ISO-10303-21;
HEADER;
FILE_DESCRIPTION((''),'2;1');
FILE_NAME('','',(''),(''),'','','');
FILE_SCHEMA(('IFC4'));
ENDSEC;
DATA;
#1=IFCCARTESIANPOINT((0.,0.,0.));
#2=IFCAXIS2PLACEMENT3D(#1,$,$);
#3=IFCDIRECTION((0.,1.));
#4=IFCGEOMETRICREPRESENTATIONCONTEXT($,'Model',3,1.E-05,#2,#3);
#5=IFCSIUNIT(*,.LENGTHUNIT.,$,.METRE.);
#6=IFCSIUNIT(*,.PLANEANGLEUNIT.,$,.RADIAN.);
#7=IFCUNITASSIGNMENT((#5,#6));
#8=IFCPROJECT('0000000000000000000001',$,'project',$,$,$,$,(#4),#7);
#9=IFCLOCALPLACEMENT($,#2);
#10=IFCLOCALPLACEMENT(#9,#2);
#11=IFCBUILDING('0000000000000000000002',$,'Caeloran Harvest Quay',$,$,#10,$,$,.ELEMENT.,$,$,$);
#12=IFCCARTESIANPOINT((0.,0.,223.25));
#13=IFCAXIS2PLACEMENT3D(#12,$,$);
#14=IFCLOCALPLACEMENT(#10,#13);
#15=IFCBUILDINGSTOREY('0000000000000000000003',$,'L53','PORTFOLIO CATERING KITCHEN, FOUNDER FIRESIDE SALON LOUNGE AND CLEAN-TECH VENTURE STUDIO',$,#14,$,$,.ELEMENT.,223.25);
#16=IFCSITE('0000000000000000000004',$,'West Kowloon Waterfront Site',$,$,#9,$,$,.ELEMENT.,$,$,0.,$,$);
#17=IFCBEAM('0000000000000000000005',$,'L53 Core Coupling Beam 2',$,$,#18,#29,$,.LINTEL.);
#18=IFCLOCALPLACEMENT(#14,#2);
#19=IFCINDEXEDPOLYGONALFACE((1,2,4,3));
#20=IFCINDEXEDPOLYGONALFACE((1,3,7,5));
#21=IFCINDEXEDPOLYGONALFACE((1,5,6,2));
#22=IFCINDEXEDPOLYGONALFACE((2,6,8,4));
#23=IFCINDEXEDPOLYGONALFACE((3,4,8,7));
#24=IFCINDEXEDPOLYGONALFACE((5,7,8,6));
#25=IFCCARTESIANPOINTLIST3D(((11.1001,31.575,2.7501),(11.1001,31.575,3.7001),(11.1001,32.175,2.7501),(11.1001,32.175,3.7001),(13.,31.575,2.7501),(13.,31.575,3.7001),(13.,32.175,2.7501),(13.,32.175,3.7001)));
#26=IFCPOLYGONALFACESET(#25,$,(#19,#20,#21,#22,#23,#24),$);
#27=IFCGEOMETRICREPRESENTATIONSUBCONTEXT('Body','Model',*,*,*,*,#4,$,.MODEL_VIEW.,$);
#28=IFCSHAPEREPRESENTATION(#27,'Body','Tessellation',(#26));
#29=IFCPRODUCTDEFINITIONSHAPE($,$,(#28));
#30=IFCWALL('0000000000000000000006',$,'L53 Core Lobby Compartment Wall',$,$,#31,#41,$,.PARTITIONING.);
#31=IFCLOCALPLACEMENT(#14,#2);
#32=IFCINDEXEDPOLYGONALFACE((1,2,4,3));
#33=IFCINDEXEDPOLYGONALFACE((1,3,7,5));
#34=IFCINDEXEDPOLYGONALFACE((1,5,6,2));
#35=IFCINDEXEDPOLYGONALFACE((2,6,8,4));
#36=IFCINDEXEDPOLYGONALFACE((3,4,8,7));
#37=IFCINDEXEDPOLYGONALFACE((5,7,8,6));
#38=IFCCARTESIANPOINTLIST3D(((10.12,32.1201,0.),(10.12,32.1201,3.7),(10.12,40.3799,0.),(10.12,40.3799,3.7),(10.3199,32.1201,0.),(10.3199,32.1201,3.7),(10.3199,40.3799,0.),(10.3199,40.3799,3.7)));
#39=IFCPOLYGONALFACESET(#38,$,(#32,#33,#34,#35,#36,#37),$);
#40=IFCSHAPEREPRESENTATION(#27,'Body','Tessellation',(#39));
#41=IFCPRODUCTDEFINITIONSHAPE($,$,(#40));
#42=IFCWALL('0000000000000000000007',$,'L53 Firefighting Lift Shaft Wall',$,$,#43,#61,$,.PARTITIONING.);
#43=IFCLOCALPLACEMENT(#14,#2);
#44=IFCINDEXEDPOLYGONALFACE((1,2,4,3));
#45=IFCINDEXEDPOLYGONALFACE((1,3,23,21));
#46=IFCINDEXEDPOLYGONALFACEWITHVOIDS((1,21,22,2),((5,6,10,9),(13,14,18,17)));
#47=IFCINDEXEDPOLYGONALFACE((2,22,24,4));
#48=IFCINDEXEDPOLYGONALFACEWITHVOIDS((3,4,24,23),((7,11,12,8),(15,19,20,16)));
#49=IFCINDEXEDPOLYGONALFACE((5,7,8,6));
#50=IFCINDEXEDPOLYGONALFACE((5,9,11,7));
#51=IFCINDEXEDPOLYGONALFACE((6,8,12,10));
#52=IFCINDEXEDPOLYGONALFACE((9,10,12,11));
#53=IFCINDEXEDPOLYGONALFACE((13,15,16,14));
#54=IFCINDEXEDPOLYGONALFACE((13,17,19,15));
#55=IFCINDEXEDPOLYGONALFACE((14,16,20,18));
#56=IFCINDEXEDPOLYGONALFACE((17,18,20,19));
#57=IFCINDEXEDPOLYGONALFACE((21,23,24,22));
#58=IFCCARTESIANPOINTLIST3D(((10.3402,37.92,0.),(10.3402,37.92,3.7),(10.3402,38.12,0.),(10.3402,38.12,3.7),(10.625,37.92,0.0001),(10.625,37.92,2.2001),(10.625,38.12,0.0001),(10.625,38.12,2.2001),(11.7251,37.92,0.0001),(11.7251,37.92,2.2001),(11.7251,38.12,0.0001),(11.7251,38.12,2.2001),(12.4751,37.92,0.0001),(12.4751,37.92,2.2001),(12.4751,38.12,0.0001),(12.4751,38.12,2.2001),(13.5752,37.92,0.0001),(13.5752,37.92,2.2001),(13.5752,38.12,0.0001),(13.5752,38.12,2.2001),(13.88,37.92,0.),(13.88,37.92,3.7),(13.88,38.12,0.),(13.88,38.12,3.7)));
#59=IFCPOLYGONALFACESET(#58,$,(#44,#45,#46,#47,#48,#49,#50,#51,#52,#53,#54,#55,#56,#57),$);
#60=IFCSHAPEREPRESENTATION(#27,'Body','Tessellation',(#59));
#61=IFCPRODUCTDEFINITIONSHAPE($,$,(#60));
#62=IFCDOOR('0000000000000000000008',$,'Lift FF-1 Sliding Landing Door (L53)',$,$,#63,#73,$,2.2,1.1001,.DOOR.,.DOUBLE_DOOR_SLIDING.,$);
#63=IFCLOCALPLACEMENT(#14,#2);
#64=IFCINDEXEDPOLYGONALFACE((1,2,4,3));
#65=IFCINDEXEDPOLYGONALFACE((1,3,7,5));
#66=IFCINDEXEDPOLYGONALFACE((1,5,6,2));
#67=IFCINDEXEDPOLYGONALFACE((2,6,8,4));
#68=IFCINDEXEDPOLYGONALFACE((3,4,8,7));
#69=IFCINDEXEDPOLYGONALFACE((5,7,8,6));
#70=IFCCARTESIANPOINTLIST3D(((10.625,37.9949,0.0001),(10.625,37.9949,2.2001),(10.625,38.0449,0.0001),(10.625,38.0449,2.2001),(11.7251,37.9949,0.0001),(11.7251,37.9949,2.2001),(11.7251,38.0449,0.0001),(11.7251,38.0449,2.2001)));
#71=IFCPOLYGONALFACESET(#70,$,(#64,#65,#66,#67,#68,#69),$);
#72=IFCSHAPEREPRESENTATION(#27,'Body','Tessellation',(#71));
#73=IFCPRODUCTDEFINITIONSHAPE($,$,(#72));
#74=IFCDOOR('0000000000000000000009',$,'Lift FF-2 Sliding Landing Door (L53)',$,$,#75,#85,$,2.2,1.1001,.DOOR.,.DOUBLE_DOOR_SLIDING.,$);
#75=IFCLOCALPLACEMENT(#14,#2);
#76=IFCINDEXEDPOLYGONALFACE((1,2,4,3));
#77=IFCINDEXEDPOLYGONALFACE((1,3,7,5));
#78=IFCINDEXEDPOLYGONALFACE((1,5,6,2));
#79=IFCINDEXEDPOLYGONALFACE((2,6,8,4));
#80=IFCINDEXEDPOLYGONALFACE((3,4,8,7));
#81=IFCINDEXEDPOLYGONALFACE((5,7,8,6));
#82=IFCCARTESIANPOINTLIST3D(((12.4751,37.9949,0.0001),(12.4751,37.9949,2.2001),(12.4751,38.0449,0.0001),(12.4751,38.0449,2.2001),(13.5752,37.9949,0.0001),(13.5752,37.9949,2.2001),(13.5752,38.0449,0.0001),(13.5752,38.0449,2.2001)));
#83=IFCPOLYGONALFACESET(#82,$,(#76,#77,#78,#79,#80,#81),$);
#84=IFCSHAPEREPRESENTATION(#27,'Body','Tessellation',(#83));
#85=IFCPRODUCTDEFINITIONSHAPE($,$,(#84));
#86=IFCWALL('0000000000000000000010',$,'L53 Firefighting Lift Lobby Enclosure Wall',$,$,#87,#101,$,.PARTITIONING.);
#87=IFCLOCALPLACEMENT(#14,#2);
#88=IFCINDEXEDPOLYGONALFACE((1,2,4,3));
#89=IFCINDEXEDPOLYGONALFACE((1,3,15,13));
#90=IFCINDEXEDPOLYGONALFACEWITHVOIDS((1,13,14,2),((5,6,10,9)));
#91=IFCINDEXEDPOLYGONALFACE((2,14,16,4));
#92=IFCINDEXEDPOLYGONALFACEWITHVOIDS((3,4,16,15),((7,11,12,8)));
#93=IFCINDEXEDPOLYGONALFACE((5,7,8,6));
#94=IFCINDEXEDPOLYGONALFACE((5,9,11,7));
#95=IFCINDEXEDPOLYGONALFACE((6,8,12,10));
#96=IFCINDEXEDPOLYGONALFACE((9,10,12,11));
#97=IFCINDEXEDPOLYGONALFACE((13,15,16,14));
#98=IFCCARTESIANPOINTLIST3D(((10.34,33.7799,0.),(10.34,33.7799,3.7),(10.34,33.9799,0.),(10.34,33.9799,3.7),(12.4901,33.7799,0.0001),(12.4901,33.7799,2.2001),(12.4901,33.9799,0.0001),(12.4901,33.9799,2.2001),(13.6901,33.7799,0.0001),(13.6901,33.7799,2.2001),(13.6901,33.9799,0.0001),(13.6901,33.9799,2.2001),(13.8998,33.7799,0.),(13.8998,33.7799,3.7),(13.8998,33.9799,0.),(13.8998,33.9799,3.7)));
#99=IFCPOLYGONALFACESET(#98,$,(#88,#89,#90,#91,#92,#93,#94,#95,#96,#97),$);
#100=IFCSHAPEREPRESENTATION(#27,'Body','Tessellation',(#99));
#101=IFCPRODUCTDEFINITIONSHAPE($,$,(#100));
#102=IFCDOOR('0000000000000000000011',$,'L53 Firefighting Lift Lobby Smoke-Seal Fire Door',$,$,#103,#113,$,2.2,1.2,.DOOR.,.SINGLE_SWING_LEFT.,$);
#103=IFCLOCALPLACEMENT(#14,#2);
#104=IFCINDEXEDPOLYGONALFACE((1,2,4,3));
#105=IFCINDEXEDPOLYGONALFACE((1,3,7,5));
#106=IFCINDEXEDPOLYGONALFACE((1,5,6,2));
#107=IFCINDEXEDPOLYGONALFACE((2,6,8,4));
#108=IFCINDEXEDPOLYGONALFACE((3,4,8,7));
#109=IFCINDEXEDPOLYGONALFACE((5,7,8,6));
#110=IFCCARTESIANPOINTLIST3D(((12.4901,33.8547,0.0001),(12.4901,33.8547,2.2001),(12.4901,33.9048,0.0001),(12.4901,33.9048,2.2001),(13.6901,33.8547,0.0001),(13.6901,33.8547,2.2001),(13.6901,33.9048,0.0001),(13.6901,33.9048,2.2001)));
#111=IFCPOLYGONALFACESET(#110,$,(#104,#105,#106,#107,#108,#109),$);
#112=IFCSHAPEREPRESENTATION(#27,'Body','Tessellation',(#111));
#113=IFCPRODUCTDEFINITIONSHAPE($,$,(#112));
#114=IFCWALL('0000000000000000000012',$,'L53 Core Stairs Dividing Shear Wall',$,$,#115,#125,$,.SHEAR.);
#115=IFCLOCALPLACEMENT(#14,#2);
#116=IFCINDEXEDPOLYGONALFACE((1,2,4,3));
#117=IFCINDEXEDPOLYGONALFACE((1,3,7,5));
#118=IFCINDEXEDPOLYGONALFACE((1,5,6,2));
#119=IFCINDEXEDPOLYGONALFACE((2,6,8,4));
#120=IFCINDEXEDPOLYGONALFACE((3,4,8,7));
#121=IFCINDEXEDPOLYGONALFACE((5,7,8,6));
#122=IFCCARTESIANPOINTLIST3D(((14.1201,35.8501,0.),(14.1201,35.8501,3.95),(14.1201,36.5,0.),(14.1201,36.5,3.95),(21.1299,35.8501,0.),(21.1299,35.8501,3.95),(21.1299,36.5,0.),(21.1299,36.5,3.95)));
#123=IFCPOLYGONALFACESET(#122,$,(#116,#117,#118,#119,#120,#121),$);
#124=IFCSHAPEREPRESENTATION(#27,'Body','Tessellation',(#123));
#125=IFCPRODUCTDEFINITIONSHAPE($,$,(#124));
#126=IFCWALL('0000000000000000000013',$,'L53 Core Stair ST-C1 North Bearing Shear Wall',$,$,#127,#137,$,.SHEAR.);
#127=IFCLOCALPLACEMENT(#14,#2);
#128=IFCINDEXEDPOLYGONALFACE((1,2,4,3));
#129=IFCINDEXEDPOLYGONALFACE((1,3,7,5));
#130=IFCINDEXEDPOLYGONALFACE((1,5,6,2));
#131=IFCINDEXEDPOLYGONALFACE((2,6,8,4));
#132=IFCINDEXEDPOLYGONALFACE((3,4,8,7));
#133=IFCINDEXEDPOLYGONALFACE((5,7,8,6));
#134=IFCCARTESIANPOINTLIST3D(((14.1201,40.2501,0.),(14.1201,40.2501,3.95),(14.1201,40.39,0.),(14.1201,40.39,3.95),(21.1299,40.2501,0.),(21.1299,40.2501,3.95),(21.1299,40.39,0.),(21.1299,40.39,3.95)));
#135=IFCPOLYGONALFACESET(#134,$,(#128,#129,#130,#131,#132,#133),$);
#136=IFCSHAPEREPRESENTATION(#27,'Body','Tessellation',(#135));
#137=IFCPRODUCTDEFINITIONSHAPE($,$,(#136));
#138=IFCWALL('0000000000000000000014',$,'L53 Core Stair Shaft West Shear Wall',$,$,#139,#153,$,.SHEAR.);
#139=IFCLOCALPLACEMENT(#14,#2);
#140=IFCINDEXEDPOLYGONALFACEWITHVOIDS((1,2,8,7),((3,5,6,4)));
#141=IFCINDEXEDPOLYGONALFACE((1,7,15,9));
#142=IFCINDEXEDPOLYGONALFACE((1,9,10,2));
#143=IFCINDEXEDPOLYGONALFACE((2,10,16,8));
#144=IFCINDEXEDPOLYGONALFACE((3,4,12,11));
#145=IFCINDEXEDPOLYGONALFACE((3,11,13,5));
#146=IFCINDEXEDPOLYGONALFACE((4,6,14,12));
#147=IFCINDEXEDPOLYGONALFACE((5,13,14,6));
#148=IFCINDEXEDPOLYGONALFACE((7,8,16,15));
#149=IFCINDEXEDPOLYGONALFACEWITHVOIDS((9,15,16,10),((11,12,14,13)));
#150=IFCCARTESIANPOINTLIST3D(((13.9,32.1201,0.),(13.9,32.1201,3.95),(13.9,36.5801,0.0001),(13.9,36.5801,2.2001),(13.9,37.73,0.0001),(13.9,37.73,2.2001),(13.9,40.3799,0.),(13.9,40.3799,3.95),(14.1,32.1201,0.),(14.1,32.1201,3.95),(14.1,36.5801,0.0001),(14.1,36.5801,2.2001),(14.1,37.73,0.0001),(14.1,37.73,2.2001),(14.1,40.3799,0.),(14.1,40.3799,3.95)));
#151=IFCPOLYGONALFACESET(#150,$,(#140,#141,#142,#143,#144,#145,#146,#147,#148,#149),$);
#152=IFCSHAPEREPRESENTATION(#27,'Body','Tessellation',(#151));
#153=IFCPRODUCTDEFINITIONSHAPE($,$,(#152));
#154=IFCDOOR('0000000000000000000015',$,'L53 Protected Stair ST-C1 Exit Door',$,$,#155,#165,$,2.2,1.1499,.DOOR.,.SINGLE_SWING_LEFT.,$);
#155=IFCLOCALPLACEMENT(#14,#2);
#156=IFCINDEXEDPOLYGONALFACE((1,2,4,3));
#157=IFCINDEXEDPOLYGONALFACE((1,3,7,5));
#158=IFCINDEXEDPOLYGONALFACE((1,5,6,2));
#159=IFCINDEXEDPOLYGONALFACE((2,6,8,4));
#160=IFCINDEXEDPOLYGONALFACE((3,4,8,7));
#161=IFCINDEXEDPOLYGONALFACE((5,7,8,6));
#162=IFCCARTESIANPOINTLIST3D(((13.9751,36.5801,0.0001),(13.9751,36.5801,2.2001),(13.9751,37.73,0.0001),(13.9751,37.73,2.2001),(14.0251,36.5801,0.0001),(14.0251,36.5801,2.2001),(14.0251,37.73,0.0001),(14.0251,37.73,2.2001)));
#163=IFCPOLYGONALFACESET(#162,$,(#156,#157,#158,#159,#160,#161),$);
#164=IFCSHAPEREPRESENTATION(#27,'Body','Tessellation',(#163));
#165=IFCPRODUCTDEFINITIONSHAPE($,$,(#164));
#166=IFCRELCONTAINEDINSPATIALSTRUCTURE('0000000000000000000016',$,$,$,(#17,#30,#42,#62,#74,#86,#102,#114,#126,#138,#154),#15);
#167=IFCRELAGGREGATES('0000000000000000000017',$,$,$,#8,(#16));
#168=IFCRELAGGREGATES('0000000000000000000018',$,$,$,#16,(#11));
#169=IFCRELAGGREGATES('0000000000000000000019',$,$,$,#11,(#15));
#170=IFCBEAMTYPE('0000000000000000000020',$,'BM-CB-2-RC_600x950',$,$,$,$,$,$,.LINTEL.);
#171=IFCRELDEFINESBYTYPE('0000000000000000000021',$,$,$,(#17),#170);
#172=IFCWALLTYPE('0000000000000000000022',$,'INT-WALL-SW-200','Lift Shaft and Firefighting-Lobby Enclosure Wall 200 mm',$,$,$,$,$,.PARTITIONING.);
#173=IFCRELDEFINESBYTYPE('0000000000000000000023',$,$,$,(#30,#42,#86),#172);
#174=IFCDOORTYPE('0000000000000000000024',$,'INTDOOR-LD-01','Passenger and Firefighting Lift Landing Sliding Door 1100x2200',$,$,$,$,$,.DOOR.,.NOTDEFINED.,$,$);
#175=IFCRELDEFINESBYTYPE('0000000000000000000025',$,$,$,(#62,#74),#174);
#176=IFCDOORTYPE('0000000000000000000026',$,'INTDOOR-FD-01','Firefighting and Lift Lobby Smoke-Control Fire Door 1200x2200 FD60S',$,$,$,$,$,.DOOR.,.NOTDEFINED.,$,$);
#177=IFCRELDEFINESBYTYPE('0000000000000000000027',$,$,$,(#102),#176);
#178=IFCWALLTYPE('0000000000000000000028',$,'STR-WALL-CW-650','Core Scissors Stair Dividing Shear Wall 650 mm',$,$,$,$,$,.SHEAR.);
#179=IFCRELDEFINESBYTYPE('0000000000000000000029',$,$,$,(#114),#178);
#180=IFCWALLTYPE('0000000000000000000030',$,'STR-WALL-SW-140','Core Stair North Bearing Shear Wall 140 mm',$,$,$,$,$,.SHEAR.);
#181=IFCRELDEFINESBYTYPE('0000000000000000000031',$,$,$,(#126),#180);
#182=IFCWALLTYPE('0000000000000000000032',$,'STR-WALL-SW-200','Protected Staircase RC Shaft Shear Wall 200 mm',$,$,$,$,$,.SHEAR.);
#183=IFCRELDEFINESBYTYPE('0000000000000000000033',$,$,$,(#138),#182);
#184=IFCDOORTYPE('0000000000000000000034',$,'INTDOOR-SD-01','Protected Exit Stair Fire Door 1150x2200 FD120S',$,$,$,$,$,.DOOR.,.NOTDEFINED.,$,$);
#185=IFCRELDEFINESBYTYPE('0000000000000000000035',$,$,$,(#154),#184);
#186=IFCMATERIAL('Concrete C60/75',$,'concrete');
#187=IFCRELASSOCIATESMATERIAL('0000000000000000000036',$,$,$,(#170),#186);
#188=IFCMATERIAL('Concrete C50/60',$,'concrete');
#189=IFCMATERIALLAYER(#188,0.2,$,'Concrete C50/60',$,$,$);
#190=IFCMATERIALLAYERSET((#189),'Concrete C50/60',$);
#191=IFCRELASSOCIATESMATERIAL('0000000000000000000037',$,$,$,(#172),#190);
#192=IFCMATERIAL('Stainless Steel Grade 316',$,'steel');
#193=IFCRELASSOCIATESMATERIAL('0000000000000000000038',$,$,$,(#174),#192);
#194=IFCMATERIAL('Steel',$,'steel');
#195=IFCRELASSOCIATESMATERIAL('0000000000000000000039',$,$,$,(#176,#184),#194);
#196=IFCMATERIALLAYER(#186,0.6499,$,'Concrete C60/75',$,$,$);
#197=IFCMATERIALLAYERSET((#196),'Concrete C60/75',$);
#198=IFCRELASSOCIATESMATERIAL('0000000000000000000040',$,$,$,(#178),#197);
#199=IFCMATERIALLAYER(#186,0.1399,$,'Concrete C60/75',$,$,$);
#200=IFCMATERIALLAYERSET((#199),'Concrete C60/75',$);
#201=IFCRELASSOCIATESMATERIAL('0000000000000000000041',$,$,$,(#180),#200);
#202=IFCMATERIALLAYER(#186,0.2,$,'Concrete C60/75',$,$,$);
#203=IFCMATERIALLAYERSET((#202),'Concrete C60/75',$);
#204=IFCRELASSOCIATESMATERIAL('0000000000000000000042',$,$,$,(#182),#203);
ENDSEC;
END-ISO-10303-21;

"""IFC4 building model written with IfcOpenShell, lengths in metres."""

from ifc_helpers import new_model, si_unit, direction, frame, frame_2d, origin, origin_2d, place, context, subcontext, project, spatial, rectangle, extrude, material, layer, layer_set, material_profile, profile_set, type_object, element, fill, save


model = new_model("IFC4")

# Units and contexts
model_context = context("Model", 3, precision=1e-05, world=origin(), true_north=direction((0.0, 1.0)))
body_context = subcontext(model_context, "Body", "Model", "MODEL_VIEW")
ifc_project = project(units=[si_unit("LENGTHUNIT", "METRE"), si_unit("PLANEANGLEUNIT", "RADIAN")], contexts=[model_context])

# Site, building, storey
site_placement = place(None, origin())
site = spatial("IfcSite", under=ifc_project, at=site_placement, Name="West Kowloon Waterfront Site", CompositionType="ELEMENT", RefElevation=0.0)
building_placement = place(site_placement, origin())
building = spatial("IfcBuilding", under=site, at=building_placement, Name="Caeloran Harvest Quay", CompositionType="ELEMENT")
storey_placement = place(building_placement, frame((0.0, 0.0, 223.25)))
storey = spatial("IfcBuildingStorey", under=building, at=storey_placement, Name="L53", Description="PORTFOLIO CATERING KITCHEN, FOUNDER FIRESIDE SALON LOUNGE AND CLEAN-TECH VENTURE STUDIO", CompositionType="ELEMENT", Elevation=223.25)

# Beam
ifc_material_1 = material(Name="Concrete C60/75", Category="concrete")
ifc_material_profile = material_profile(ifc_material_1, rectangle(XDim=0.6001, YDim=0.95, at=origin_2d()), Name="RC 600x950")
ifc_profile_set = profile_set([ifc_material_profile], Name="Concrete C60/75")
beam_type = type_object("IfcBeamType", Name="BM-CB-2-RC_600x950", PredefinedType="LINTEL", material=ifc_profile_set)
beam_placement = place(storey_placement, frame((11.1001, 31.875, 3.2251), z_axis=(1.0, 0.0, 0.0), x_axis=(0.0, 1.0, 0.0)))
element("IfcBeam", 1, at=beam_placement, inside=storey, type_object=beam_type, Name="L53 Core Coupling Beam 2", PredefinedType="LINTEL", context=body_context, shape_type="SweptSolid", body=[
    extrude(rectangle(XDim=0.6001, YDim=0.95, at=origin_2d()), origin(), (0.0, 0.0, 1.0), 1.8999),
])

# Wall
ifc_material_2 = material(Name="Concrete C50/60", Category="concrete")
ifc_layer_1 = layer(ifc_material_2, 0.2, Name="Concrete C50/60")
ifc_layer_set_1 = layer_set([ifc_layer_1], Name="Concrete C50/60")
wall_type_1 = type_object("IfcWallType", Name="INT-WALL-SW-200", Description="Lift Shaft and Firefighting-Lobby Enclosure Wall 200 mm", PredefinedType="PARTITIONING", material=ifc_layer_set_1)
wall_1_placement = place(storey_placement, frame((10.22, 32.1201, 0.0), z_axis=(0.0, 0.0, 1.0), x_axis=(0.0, 1.0, 0.0)))
element("IfcWall", 2, at=wall_1_placement, inside=storey, type_object=wall_type_1, Name="L53 Core Lobby Compartment Wall", PredefinedType="PARTITIONING", context=body_context, shape_type="SweptSolid", body=[
    extrude(rectangle(XDim=8.2598, YDim=0.2, at=frame_2d((4.1299, 0.0))), origin(), (0.0, 0.0, 1.0), 3.7),
])

# Wall, openings, doors
wall_2_placement = place(storey_placement, frame((10.3401, 38.02, 0.0), z_axis=(0.0, 0.0, 1.0), x_axis=(1.0, 0.0, 0.0)))
wall_2 = element("IfcWall", 3, at=wall_2_placement, inside=storey, type_object=wall_type_1, Name="L53 Firefighting Lift Shaft Wall", PredefinedType="PARTITIONING", context=body_context, shape_type="SweptSolid", body=[
    extrude(rectangle(XDim=3.5398, YDim=0.2, at=frame_2d((1.77, 0.0))), origin(), (0.0, 0.0, 1.0), 3.7),
])
opening_1_placement = place(wall_2_placement, frame((0.2849, 0.0, 0.0)))
opening_1 = element("IfcOpeningElement", 4, at=opening_1_placement, cuts=wall_2, PredefinedType="OPENING", context=body_context, shape_type="SweptSolid", body=[
    extrude(rectangle(XDim=1.1001, YDim=2.2, at=frame_2d((0.55, 1.1001))), frame((0.0, 0.1099, 0.0), z_axis=(0.0, -1.0, 0.0), x_axis=(1.0, 0.0, 0.0)), (0.0, 0.0, 1.0), 0.22),
])
opening_2_placement = place(wall_2_placement, frame((2.135, 0.0, 0.0)))
opening_2 = element("IfcOpeningElement", 5, at=opening_2_placement, cuts=wall_2, PredefinedType="OPENING", context=body_context, shape_type="SweptSolid", body=[
    extrude(rectangle(XDim=1.1001, YDim=2.2, at=frame_2d((0.55, 1.1001))), frame((0.0, 0.1099, 0.0), z_axis=(0.0, -1.0, 0.0), x_axis=(1.0, 0.0, 0.0)), (0.0, 0.0, 1.0), 0.22),
])
ifc_material_3 = material(Name="Stainless Steel Grade 316", Category="steel")
door_type_1 = type_object("IfcDoorType", Name="INTDOOR-LD-01", Description="Passenger and Firefighting Lift Landing Sliding Door 1100x2200", OperationType="NOTDEFINED", PredefinedType="DOOR", material=ifc_material_3)
door_1_placement = place(opening_1_placement, origin())
door_1 = element("IfcDoor", 6, at=door_1_placement, inside=storey, type_object=door_type_1, Name="Lift FF-1 Sliding Landing Door (L53)", OperationType="DOUBLE_DOOR_SLIDING", OverallHeight=2.2, OverallWidth=1.1001, PredefinedType="DOOR", context=body_context, shape_type="SweptSolid", body=[
    extrude(rectangle(XDim=1.1001, YDim=2.2, at=frame_2d((0.55, 1.1001))), frame((0.0, 0.0249, 0.0), z_axis=(0.0, -1.0, 0.0), x_axis=(1.0, 0.0, 0.0)), (0.0, 0.0, 1.0), 0.05),
])
fill(opening_1, door_1)
door_2_placement = place(opening_2_placement, origin())
door_2 = element("IfcDoor", 7, at=door_2_placement, inside=storey, type_object=door_type_1, Name="Lift FF-2 Sliding Landing Door (L53)", OperationType="DOUBLE_DOOR_SLIDING", OverallHeight=2.2, OverallWidth=1.1001, PredefinedType="DOOR", context=body_context, shape_type="SweptSolid", body=[
    extrude(rectangle(XDim=1.1001, YDim=2.2, at=frame_2d((0.55, 1.1001))), frame((0.0, 0.0249, 0.0), z_axis=(0.0, -1.0, 0.0), x_axis=(1.0, 0.0, 0.0)), (0.0, 0.0, 1.0), 0.05),
])
fill(opening_2, door_2)

# Wall, opening, door
wall_3_placement = place(storey_placement, frame((10.3401, 33.8799, 0.0), z_axis=(0.0, 0.0, 1.0), x_axis=(1.0, 0.0, 0.0)))
wall_3 = element("IfcWall", 8, at=wall_3_placement, inside=storey, type_object=wall_type_1, Name="L53 Firefighting Lift Lobby Enclosure Wall", PredefinedType="PARTITIONING", context=body_context, shape_type="SweptSolid", body=[
    extrude(rectangle(XDim=3.5598, YDim=0.2, at=frame_2d((1.7798, 0.0))), origin(), (0.0, 0.0, 1.0), 3.7),
])
opening_3_placement = place(wall_3_placement, frame((2.1499, 0.0, 0.0)))
opening_3 = element("IfcOpeningElement", 9, at=opening_3_placement, cuts=wall_3, PredefinedType="OPENING", context=body_context, shape_type="SweptSolid", body=[
    extrude(rectangle(XDim=1.2, YDim=2.2, at=frame_2d((0.6001, 1.1001))), frame((0.0, 0.1099, 0.0), z_axis=(0.0, -1.0, 0.0), x_axis=(1.0, 0.0, 0.0)), (0.0, 0.0, 1.0), 0.22),
])
ifc_material_4 = material(Name="Steel", Category="steel")
door_type_2 = type_object("IfcDoorType", Name="INTDOOR-FD-01", Description="Firefighting and Lift Lobby Smoke-Control Fire Door 1200x2200 FD60S", OperationType="NOTDEFINED", PredefinedType="DOOR", material=ifc_material_4)
door_3_placement = place(opening_3_placement, origin())
door_3 = element("IfcDoor", 10, at=door_3_placement, inside=storey, type_object=door_type_2, Name="L53 Firefighting Lift Lobby Smoke-Seal Fire Door", OperationType="SINGLE_SWING_LEFT", OverallHeight=2.2, OverallWidth=1.2, PredefinedType="DOOR", context=body_context, shape_type="SweptSolid", body=[
    extrude(rectangle(XDim=1.2, YDim=2.2, at=frame_2d((0.6001, 1.1001))), frame((0.0, 0.0249, 0.0), z_axis=(0.0, -1.0, 0.0), x_axis=(1.0, 0.0, 0.0)), (0.0, 0.0, 1.0), 0.05),
])
fill(opening_3, door_3)

# Walls
ifc_layer_2 = layer(ifc_material_1, 0.6499, Name="Concrete C60/75")
ifc_layer_set_2 = layer_set([ifc_layer_2], Name="Concrete C60/75")
wall_type_2 = type_object("IfcWallType", Name="STR-WALL-CW-650", Description="Core Scissors Stair Dividing Shear Wall 650 mm", PredefinedType="SHEAR", material=ifc_layer_set_2)
wall_4_placement = place(storey_placement, frame((14.1201, 36.175, 0.0), z_axis=(0.0, 0.0, 1.0), x_axis=(1.0, 0.0, 0.0)))
element("IfcWall", 11, at=wall_4_placement, inside=storey, type_object=wall_type_2, Name="L53 Core Stairs Dividing Shear Wall", PredefinedType="SHEAR", context=body_context, shape_type="SweptSolid", body=[
    extrude(rectangle(XDim=7.0098, YDim=0.6499, at=frame_2d((3.5049, 0.0))), origin(), (0.0, 0.0, 1.0), 3.95),
])
ifc_layer_3 = layer(ifc_material_1, 0.1399, Name="Concrete C60/75")
ifc_layer_set_3 = layer_set([ifc_layer_3], Name="Concrete C60/75")
wall_type_3 = type_object("IfcWallType", Name="STR-WALL-SW-140", Description="Core Stair North Bearing Shear Wall 140 mm", PredefinedType="SHEAR", material=ifc_layer_set_3)
wall_5_placement = place(storey_placement, frame((14.1201, 40.3201, 0.0), z_axis=(0.0, 0.0, 1.0), x_axis=(1.0, 0.0, 0.0)))
element("IfcWall", 12, at=wall_5_placement, inside=storey, type_object=wall_type_3, Name="L53 Core Stair ST-C1 North Bearing Shear Wall", PredefinedType="SHEAR", context=body_context, shape_type="SweptSolid", body=[
    extrude(rectangle(XDim=7.0098, YDim=0.1399, at=frame_2d((3.5049, 0.0))), origin(), (0.0, 0.0, 1.0), 3.95),
])

# Wall, opening, door
ifc_layer_4 = layer(ifc_material_1, 0.2, Name="Concrete C60/75")
ifc_layer_set_4 = layer_set([ifc_layer_4], Name="Concrete C60/75")
wall_type_4 = type_object("IfcWallType", Name="STR-WALL-SW-200", Description="Protected Staircase RC Shaft Shear Wall 200 mm", PredefinedType="SHEAR", material=ifc_layer_set_4)
wall_6_placement = place(storey_placement, frame((14.0, 32.1201, 0.0), z_axis=(0.0, 0.0, 1.0), x_axis=(0.0, 1.0, 0.0)))
wall_6 = element("IfcWall", 13, at=wall_6_placement, inside=storey, type_object=wall_type_4, Name="L53 Core Stair Shaft West Shear Wall", PredefinedType="SHEAR", context=body_context, shape_type="SweptSolid", body=[
    extrude(rectangle(XDim=8.2598, YDim=0.2, at=frame_2d((4.1299, 0.0))), origin(), (0.0, 0.0, 1.0), 3.95),
])
opening_4_placement = place(wall_6_placement, frame((4.46, 0.0, 0.0)))
opening_4 = element("IfcOpeningElement", 14, at=opening_4_placement, cuts=wall_6, PredefinedType="OPENING", context=body_context, shape_type="SweptSolid", body=[
    extrude(rectangle(XDim=1.1499, YDim=2.2, at=frame_2d((0.575, 1.1001))), frame((0.0, 0.1099, 0.0), z_axis=(0.0, -1.0, 0.0), x_axis=(1.0, 0.0, 0.0)), (0.0, 0.0, 1.0), 0.22),
])
door_type_3 = type_object("IfcDoorType", Name="INTDOOR-SD-01", Description="Protected Exit Stair Fire Door 1150x2200 FD120S", OperationType="NOTDEFINED", PredefinedType="DOOR", material=ifc_material_4)
door_4_placement = place(opening_4_placement, origin())
door_4 = element("IfcDoor", 15, at=door_4_placement, inside=storey, type_object=door_type_3, Name="L53 Protected Stair ST-C1 Exit Door", OperationType="SINGLE_SWING_LEFT", OverallHeight=2.2, OverallWidth=1.1499, PredefinedType="DOOR", context=body_context, shape_type="SweptSolid", body=[
    extrude(rectangle(XDim=1.1499, YDim=2.2, at=frame_2d((0.575, 1.1001))), frame((0.0, 0.0249, 0.0), z_axis=(0.0, -1.0, 0.0), x_axis=(1.0, 0.0, 0.0)), (0.0, 0.0, 1.0), 0.05),
])
fill(opening_4, door_4)

save(model, "model.ifc")
